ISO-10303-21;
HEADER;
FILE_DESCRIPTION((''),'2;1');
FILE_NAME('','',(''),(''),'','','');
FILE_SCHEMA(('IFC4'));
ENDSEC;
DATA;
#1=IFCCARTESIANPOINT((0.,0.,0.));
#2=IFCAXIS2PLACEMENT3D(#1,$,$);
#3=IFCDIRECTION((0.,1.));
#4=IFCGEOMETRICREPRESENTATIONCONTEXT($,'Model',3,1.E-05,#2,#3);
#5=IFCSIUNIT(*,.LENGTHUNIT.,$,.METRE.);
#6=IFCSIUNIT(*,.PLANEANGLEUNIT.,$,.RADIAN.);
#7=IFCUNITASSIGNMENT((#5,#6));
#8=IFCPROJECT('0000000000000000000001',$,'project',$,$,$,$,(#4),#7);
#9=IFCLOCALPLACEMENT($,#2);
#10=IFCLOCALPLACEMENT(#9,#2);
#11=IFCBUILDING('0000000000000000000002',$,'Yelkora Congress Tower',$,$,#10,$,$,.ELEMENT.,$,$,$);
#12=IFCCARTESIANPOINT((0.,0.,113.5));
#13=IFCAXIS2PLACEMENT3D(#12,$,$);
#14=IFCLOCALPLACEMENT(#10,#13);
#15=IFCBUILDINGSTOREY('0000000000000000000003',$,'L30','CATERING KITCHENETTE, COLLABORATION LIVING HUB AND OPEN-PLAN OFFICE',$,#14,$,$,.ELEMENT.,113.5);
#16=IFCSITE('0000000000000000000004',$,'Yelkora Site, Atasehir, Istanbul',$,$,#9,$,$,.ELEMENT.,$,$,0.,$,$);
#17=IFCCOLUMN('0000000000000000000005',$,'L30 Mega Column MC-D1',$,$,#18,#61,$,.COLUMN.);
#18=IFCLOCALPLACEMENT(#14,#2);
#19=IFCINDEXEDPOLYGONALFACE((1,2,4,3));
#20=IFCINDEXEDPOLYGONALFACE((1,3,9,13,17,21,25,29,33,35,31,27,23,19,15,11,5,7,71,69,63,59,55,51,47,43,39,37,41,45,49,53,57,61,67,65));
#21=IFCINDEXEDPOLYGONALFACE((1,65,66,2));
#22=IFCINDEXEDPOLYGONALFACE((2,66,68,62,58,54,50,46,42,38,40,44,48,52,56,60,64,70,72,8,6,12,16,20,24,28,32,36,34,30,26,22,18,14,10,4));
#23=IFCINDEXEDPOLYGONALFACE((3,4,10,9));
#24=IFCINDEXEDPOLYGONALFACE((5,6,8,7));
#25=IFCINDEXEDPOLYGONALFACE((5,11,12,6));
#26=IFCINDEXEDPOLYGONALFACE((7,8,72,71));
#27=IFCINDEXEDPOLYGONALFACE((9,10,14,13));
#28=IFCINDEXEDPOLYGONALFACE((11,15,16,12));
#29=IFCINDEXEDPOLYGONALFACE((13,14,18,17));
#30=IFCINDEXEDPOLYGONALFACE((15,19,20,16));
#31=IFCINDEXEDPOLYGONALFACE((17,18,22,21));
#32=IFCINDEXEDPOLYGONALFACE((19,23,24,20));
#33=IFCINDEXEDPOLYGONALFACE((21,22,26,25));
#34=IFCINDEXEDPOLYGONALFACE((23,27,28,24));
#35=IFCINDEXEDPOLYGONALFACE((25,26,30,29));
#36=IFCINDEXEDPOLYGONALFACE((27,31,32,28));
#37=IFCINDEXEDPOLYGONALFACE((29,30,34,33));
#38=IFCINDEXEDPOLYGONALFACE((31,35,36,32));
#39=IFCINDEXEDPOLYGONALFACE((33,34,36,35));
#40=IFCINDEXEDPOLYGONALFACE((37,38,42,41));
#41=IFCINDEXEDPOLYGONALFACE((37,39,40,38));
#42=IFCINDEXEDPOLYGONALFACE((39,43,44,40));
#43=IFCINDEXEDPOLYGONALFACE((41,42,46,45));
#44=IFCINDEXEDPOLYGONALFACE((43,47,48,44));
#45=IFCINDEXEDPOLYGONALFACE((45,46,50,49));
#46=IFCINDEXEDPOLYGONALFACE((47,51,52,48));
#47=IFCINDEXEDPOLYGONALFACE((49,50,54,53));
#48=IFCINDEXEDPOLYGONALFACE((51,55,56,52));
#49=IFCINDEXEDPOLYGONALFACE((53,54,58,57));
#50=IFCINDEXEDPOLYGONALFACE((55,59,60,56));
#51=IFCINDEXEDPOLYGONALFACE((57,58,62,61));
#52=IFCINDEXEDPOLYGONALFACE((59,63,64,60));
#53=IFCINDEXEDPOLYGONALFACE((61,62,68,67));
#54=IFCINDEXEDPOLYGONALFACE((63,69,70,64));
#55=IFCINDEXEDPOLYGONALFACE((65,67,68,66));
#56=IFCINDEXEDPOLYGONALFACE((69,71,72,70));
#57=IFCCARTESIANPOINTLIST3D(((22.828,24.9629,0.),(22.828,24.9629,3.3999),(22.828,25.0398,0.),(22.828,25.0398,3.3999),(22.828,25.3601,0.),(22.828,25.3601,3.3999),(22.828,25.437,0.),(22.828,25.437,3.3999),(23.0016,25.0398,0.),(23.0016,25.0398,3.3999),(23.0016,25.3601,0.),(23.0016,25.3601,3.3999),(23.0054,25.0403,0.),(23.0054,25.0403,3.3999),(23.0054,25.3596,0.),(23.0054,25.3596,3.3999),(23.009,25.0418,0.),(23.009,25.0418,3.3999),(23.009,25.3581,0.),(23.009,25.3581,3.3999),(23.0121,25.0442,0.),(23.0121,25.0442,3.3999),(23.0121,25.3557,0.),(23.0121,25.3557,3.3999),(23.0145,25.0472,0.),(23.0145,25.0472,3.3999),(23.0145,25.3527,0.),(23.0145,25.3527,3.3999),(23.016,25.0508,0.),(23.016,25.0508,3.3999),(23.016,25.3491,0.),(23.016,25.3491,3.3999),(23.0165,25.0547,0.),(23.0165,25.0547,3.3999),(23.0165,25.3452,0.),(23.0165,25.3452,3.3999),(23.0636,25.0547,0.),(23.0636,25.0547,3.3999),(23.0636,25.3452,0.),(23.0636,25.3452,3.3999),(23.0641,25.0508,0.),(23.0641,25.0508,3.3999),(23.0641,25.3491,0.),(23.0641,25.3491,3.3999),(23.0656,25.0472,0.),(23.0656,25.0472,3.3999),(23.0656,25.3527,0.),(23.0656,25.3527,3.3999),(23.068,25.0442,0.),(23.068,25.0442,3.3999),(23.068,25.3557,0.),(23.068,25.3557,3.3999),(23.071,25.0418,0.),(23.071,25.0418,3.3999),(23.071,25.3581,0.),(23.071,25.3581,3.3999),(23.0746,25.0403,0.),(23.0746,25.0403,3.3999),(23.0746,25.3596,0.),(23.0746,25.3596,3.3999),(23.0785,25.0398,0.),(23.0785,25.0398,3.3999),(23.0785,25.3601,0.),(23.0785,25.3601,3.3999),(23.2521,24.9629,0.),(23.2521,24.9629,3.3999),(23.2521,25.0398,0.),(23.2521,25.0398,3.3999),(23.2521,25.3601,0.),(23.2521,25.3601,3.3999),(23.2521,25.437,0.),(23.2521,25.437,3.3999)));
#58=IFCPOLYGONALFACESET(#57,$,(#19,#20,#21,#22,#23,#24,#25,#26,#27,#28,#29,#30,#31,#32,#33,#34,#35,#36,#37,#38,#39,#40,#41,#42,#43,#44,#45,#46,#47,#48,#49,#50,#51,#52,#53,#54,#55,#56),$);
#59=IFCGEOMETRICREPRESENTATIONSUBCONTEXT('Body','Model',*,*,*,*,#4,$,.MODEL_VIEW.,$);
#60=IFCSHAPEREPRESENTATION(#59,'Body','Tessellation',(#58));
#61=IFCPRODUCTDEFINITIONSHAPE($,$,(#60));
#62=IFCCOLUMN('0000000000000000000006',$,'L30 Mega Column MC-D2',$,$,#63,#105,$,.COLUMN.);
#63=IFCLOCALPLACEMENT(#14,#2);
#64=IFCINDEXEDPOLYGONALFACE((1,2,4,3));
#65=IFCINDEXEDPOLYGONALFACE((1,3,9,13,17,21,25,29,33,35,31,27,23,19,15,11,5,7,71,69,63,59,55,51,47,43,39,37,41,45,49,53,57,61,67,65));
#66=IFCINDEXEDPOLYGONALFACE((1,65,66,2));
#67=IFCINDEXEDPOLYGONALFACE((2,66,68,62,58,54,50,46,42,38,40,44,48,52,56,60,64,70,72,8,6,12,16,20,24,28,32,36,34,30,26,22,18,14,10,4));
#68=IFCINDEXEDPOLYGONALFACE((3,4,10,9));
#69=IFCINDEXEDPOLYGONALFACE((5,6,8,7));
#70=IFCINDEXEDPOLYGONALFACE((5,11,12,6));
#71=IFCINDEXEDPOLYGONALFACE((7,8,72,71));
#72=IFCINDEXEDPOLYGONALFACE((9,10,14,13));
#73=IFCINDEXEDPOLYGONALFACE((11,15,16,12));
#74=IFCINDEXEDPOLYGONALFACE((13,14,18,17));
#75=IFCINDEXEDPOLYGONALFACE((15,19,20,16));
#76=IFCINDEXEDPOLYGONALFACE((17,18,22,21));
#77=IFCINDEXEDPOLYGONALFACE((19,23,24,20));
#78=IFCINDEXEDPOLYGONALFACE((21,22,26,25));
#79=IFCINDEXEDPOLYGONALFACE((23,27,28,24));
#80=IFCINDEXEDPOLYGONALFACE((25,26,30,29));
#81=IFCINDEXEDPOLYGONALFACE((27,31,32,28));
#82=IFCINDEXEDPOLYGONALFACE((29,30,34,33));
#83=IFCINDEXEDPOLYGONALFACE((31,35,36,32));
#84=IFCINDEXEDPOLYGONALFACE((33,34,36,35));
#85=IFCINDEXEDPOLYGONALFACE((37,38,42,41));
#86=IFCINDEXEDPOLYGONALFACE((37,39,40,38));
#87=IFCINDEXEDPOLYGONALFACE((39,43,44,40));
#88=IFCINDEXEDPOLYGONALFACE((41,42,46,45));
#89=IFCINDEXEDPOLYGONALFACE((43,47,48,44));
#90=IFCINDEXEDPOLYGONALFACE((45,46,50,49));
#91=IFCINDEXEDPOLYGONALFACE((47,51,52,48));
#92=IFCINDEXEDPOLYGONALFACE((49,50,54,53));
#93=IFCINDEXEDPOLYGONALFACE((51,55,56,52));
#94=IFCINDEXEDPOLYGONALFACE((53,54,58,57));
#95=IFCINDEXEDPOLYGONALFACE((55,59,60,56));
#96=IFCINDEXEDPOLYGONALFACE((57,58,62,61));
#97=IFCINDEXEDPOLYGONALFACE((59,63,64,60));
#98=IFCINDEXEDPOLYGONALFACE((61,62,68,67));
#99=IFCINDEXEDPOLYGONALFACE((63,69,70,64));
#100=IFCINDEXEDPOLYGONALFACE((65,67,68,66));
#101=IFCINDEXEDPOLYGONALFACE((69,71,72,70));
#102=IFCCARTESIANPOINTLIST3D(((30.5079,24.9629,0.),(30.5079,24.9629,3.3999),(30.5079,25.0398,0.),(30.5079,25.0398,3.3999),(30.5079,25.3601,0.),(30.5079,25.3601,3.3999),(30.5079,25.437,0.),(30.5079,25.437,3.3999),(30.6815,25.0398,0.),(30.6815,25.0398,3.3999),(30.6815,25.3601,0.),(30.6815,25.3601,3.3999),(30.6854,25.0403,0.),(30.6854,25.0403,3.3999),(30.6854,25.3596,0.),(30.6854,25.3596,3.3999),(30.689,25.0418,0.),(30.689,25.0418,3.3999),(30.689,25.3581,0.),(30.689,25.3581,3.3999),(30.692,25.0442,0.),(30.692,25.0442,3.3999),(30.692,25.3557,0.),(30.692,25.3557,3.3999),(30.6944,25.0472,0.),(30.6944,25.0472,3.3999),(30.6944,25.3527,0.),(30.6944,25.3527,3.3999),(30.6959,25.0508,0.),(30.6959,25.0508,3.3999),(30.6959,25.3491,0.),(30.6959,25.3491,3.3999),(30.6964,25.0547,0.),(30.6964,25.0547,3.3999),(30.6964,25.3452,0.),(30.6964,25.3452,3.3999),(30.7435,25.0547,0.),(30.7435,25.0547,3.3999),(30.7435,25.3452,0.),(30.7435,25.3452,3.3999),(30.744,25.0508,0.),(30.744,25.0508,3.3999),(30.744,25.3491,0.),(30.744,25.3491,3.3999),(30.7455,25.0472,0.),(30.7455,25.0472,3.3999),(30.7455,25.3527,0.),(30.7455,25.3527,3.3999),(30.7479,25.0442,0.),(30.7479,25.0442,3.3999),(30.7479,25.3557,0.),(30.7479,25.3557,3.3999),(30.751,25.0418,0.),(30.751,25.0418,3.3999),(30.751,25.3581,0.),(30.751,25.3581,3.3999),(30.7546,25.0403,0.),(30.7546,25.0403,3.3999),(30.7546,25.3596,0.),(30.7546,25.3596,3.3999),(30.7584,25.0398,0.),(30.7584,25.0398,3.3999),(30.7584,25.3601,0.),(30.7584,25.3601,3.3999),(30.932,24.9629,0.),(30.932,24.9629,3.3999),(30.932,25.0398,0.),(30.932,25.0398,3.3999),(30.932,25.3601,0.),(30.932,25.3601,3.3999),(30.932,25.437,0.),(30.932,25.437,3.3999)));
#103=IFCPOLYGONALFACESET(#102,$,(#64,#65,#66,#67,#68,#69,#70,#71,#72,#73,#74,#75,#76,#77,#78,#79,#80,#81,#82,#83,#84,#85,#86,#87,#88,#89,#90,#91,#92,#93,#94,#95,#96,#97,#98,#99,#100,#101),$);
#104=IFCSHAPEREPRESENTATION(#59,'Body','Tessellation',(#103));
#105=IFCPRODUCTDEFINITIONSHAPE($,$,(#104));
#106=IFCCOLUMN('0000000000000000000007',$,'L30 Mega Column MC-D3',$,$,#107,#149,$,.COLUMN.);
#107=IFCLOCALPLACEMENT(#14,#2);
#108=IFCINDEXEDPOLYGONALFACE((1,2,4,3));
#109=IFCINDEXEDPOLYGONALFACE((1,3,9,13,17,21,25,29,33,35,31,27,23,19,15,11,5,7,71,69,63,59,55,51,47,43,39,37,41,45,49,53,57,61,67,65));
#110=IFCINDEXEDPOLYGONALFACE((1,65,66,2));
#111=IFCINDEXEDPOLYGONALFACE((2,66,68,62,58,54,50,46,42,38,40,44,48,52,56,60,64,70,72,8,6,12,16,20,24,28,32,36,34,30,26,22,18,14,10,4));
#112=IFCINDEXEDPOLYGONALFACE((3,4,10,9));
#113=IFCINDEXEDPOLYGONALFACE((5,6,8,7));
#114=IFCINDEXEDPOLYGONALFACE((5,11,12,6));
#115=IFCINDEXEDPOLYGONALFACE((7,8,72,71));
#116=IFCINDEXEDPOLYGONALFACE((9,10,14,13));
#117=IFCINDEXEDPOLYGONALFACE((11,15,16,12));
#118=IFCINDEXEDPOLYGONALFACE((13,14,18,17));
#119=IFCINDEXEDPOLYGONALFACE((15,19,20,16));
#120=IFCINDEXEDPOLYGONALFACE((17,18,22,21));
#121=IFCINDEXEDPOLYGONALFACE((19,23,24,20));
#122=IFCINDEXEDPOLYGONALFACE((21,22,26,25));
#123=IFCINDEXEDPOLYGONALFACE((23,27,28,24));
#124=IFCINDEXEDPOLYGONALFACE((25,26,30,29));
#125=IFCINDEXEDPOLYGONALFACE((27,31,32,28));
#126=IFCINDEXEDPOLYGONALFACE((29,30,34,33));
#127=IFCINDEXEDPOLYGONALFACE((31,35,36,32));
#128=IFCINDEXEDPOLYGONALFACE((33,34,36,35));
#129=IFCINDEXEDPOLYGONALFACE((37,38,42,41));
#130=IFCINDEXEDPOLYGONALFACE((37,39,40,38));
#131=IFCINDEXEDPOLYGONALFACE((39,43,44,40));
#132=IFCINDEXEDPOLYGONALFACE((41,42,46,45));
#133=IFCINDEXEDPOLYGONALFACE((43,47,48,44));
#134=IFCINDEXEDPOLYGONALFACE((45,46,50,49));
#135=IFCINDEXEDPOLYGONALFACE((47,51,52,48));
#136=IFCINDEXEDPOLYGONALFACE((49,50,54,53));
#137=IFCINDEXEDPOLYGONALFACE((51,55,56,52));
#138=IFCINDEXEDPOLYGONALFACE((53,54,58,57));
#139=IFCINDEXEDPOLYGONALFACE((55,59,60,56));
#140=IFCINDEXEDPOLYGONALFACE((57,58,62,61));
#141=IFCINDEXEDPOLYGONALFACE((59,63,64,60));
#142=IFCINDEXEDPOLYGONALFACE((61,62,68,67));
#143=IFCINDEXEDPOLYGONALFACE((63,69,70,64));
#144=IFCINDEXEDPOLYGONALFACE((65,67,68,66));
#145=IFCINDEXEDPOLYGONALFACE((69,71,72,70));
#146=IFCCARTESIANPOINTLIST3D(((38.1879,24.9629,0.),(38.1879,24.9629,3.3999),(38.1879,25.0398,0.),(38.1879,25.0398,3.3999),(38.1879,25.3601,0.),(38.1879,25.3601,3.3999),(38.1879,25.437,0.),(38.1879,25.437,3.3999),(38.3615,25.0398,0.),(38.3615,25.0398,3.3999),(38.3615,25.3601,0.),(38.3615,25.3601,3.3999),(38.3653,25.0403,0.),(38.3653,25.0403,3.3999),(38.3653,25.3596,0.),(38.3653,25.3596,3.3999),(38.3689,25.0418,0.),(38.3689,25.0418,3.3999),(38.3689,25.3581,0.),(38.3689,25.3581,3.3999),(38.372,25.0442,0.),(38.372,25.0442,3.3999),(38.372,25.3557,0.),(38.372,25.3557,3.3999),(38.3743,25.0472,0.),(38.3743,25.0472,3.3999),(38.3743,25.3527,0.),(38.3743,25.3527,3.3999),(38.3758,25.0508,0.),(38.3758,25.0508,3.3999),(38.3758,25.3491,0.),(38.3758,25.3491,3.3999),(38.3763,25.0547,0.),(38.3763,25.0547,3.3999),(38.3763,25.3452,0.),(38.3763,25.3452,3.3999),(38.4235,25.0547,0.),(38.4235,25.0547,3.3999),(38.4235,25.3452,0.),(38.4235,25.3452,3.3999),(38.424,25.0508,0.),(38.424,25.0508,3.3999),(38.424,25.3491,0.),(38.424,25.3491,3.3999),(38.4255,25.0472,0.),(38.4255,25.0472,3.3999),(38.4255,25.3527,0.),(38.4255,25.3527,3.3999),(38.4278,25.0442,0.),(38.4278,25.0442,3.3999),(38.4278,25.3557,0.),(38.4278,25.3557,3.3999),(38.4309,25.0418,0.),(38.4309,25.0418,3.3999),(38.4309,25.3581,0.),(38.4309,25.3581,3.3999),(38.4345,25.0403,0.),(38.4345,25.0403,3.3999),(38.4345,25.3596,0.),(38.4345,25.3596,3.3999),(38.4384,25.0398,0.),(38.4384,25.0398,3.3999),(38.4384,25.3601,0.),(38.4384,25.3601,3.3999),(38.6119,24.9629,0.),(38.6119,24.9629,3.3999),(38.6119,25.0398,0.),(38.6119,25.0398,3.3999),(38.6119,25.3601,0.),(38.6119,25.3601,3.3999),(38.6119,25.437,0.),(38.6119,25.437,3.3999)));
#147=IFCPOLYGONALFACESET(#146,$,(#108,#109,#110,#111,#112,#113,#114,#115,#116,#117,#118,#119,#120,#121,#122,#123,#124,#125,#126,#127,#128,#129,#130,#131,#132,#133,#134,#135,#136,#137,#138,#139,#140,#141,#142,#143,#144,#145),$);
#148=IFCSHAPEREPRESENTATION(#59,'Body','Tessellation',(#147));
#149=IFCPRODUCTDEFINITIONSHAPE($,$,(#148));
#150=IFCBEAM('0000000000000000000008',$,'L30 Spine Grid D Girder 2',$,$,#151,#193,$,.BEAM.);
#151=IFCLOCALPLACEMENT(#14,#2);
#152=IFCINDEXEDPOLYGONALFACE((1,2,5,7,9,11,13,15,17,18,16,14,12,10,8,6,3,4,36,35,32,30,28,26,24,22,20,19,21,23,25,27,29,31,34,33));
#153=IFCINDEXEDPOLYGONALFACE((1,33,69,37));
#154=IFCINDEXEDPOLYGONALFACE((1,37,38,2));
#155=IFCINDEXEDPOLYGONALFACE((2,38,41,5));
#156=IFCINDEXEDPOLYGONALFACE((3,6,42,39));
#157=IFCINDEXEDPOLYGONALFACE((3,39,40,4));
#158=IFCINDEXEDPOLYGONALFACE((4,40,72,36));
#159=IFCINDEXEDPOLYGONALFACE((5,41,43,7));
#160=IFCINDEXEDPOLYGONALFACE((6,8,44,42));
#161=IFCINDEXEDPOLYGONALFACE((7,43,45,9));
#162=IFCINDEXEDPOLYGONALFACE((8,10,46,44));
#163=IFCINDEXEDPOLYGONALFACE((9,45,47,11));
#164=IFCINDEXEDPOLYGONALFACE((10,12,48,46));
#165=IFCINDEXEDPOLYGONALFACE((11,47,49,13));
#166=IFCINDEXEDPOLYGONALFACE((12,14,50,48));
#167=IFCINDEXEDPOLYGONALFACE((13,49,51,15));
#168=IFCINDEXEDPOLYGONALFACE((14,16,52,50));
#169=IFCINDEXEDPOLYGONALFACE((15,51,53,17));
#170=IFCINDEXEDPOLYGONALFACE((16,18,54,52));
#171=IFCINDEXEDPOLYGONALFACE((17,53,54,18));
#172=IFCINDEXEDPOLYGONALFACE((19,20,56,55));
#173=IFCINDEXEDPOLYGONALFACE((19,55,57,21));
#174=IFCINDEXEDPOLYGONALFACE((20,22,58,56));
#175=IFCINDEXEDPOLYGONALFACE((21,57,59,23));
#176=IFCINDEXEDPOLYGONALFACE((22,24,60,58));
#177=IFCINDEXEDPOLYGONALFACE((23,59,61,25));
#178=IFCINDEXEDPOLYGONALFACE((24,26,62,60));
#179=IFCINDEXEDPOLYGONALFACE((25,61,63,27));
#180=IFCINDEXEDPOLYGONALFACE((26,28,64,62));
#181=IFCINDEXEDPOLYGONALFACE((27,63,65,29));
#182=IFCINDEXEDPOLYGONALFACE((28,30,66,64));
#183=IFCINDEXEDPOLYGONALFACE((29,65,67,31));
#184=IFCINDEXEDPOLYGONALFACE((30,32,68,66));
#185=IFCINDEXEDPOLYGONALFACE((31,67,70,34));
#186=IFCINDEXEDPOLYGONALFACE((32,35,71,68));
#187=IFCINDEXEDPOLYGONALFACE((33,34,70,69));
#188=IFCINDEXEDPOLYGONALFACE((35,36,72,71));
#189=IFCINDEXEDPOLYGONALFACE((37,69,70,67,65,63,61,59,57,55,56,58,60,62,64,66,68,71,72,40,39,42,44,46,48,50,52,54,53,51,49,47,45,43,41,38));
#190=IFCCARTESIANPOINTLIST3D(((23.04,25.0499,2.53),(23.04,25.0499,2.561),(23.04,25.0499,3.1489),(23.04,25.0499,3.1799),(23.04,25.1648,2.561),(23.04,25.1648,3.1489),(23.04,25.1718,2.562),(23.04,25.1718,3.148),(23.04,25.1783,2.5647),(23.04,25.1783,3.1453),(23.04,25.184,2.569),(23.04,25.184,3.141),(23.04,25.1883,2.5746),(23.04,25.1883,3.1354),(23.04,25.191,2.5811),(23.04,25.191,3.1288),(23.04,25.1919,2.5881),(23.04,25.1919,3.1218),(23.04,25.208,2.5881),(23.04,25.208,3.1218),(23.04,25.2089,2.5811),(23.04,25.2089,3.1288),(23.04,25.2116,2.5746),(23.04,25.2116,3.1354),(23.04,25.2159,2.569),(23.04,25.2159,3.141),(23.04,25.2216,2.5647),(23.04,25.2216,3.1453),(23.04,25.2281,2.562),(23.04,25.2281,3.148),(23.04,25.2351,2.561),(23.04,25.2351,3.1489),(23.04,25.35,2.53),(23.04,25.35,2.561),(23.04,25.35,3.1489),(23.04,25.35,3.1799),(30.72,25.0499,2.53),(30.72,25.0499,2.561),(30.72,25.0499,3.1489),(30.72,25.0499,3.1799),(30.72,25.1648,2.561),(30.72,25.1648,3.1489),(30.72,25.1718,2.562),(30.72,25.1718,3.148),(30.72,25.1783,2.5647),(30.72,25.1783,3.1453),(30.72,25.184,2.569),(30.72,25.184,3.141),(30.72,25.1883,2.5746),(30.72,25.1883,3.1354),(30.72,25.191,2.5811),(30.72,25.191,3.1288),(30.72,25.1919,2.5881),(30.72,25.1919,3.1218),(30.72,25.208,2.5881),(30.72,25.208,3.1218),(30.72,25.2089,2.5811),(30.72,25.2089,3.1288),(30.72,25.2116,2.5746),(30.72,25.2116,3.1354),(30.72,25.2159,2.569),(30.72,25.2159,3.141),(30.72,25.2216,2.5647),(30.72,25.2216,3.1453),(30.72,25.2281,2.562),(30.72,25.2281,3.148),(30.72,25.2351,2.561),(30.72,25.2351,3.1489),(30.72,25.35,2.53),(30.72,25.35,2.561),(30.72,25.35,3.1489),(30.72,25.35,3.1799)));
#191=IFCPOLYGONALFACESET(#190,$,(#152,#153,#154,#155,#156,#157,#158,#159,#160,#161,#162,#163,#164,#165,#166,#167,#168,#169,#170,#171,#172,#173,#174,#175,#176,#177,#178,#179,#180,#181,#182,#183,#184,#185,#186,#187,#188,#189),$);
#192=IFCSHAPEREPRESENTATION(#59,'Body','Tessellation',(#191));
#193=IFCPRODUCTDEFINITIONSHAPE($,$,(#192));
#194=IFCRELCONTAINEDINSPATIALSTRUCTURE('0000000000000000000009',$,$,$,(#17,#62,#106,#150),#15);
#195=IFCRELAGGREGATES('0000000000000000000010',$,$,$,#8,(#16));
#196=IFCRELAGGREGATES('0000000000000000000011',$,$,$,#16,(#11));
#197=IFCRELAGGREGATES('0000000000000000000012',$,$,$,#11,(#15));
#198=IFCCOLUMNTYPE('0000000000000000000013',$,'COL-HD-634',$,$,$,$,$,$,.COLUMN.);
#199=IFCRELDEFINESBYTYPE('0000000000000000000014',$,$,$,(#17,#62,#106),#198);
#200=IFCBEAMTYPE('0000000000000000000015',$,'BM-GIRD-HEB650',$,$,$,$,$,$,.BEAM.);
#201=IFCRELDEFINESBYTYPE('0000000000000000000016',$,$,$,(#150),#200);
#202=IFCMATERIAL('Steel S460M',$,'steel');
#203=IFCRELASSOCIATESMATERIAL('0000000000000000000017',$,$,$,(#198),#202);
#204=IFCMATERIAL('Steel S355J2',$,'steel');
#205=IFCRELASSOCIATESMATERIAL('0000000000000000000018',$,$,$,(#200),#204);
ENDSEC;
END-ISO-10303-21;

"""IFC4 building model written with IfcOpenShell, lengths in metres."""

from ifc_helpers import new_model, si_unit, direction, frame, origin, origin_2d, place, context, subcontext, project, spatial, i_section, extrude, material, material_profile, profile_set, type_object, element, save


model = new_model("IFC4")

# Units and contexts
model_context = context("Model", 3, precision=1e-05, world=origin(), true_north=direction((0.0, 1.0)))
body_context = subcontext(model_context, "Body", "Model", "MODEL_VIEW")
ifc_project = project(units=[si_unit("LENGTHUNIT", "METRE"), si_unit("PLANEANGLEUNIT", "RADIAN")], contexts=[model_context])

# Site, building, storey
site_placement = place(None, origin())
site = spatial("IfcSite", under=ifc_project, at=site_placement, Name="Yelkora Site, Atasehir, Istanbul", CompositionType="ELEMENT", RefElevation=0.0)
building_placement = place(site_placement, origin())
building = spatial("IfcBuilding", under=site, at=building_placement, Name="Yelkora Congress Tower", CompositionType="ELEMENT")
storey_placement = place(building_placement, frame((0.0, 0.0, 113.5)))
storey = spatial("IfcBuildingStorey", under=building, at=storey_placement, Name="L30", Description="CATERING KITCHENETTE, COLLABORATION LIVING HUB AND OPEN-PLAN OFFICE", CompositionType="ELEMENT", Elevation=113.5)

# Columns
ifc_material_1 = material(Name="Steel S460M", Category="steel")
ifc_material_profile_1 = material_profile(ifc_material_1, i_section(OverallWidth=0.4241, OverallDepth=0.4741, WebThickness=0.0471, FlangeThickness=0.0769, FilletRadius=0.0149, at=origin_2d()), Name="HD 400x634")
ifc_profile_set_1 = profile_set([ifc_material_profile_1], Name="Steel S460M")
column_type = type_object("IfcColumnType", Name="COL-HD-634", PredefinedType="COLUMN", material=ifc_profile_set_1)
for number, where, z_axis, x_axis, name in (
    (1, (23.04, 25.2, 0.0), (0.0, 0.0, 1.0), (1.0, 0.0, 0.0), "L30 Mega Column MC-D1"),
    (2, (30.72, 25.2, 0.0), (0.0, 0.0, 1.0), (1.0, 0.0, 0.0), "L30 Mega Column MC-D2"),
    (3, (38.3999, 25.2, 0.0), (0.0, 0.0, 1.0), (1.0, 0.0, 0.0), "L30 Mega Column MC-D3"),
):
    element("IfcColumn", number, at=place(storey_placement, frame(where, z_axis=z_axis, x_axis=x_axis)), inside=storey, type_object=column_type, Name=name, PredefinedType="COLUMN", context=body_context, shape_type="SweptSolid", body=[
        extrude(i_section(OverallWidth=0.4241, OverallDepth=0.4741, WebThickness=0.0471, FlangeThickness=0.0769, FilletRadius=0.0149, at=origin_2d()), origin(), (0.0, 0.0, 1.0), 3.3999),
    ])

# Beam
ifc_material_2 = material(Name="Steel S355J2", Category="steel")
ifc_material_profile_2 = material_profile(ifc_material_2, i_section(OverallWidth=0.3, OverallDepth=0.6499, WebThickness=0.0161, FlangeThickness=0.031, FilletRadius=0.0271, at=origin_2d()), Name="HEB 650")
ifc_profile_set_2 = profile_set([ifc_material_profile_2], Name="Steel S355J2")
beam_type_1 = type_object("IfcBeamType", Name="BM-GIRD-HEB650", PredefinedType="BEAM", material=ifc_profile_set_2)
for number, where, z_axis, x_axis, name in (
    (4, (23.04, 25.2, 2.855), (1.0, 0.0, 0.0), (0.0, 1.0, 0.0), "L30 Spine Grid D Girder 2"),
):
    element("IfcBeam", number, at=place(storey_placement, frame(where, z_axis=z_axis, x_axis=x_axis)), inside=storey, type_object=beam_type_1, Name=name, PredefinedType="BEAM", context=body_context, shape_type="SweptSolid", body=[
        extrude(i_section(OverallWidth=0.3, OverallDepth=0.6499, WebThickness=0.0161, FlangeThickness=0.031, FilletRadius=0.0271, at=origin_2d()), origin(), (0.0, 0.0, 1.0), 7.6799),
    ])

save(model, "model.ifc")
